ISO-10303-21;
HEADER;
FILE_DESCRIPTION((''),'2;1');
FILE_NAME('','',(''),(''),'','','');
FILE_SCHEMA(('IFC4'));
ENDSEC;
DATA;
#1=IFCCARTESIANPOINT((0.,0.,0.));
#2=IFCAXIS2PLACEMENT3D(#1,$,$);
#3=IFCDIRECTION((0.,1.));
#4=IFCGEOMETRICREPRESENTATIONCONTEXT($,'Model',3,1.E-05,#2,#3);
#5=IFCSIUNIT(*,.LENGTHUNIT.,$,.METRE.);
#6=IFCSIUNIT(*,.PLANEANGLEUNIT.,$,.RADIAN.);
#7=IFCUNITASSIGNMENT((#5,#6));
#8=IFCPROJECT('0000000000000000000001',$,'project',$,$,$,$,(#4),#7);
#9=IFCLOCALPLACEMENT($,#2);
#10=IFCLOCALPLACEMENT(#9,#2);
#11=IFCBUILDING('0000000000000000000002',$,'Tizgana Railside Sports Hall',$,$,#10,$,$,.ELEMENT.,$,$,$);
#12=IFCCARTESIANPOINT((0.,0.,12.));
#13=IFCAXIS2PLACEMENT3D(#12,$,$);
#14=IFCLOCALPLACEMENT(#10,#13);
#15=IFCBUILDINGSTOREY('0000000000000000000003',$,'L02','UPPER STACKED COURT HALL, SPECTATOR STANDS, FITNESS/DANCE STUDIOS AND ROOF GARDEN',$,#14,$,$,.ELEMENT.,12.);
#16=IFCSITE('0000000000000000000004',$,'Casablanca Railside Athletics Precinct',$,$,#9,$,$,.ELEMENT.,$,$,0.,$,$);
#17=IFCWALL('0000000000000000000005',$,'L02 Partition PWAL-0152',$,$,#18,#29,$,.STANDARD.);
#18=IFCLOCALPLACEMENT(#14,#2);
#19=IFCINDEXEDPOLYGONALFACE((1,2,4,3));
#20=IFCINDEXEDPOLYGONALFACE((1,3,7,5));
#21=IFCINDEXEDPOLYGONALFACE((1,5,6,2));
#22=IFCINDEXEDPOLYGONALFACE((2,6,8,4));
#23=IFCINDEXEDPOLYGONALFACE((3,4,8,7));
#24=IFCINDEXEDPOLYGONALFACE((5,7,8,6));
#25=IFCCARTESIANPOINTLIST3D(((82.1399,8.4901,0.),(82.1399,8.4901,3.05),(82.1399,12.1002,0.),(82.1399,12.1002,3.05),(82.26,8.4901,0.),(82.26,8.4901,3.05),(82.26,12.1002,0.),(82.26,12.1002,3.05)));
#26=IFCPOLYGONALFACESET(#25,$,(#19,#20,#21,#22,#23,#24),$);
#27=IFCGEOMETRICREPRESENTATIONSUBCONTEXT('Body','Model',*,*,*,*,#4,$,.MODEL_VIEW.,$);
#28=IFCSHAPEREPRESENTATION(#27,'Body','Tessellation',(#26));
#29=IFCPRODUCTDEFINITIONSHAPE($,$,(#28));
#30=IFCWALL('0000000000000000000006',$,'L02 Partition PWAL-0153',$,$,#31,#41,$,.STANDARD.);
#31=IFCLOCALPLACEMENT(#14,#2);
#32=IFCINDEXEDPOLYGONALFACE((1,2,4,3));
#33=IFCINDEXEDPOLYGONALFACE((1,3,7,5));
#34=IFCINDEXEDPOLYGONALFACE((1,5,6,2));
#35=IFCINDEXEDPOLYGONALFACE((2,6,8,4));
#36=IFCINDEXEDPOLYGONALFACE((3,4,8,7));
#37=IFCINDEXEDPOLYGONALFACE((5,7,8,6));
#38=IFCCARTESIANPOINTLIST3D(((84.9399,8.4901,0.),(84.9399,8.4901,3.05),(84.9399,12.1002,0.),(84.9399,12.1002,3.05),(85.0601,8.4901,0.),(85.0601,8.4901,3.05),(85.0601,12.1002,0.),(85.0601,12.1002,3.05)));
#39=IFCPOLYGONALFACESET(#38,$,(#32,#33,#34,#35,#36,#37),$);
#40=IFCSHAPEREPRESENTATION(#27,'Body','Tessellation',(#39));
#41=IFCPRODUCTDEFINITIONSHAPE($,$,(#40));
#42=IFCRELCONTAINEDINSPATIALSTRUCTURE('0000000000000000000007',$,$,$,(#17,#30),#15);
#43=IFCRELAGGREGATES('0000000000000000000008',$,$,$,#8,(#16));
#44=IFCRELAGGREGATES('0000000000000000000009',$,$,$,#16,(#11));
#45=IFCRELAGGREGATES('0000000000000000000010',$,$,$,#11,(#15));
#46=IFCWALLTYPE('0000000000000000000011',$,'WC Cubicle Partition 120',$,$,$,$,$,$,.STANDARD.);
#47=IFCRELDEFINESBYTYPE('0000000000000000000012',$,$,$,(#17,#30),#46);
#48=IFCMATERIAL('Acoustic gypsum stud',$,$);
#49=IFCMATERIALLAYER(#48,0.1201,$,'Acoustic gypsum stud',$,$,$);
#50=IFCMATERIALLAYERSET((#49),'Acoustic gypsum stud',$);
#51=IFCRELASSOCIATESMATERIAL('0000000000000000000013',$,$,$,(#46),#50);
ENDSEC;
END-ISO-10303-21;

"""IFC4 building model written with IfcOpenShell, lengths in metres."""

from ifc_helpers import new_model, si_unit, direction, frame, frame_2d, origin, place, context, subcontext, project, spatial, rectangle, extrude, material, layer, layer_set, type_object, element, save


model = new_model("IFC4")

# Units and contexts
model_context = context("Model", 3, precision=1e-05, world=origin(), true_north=direction((0.0, 1.0)))
body_context = subcontext(model_context, "Body", "Model", "MODEL_VIEW")
ifc_project = project(units=[si_unit("LENGTHUNIT", "METRE"), si_unit("PLANEANGLEUNIT", "RADIAN")], contexts=[model_context])

# Site, building, storey
site_placement = place(None, origin())
site = spatial("IfcSite", under=ifc_project, at=site_placement, Name="Casablanca Railside Athletics Precinct", CompositionType="ELEMENT", RefElevation=0.0)
building_placement = place(site_placement, origin())
building = spatial("IfcBuilding", under=site, at=building_placement, Name="Tizgana Railside Sports Hall", CompositionType="ELEMENT")
storey_placement = place(building_placement, frame((0.0, 0.0, 12.0)))
storey = spatial("IfcBuildingStorey", under=building, at=storey_placement, Name="L02", Description="UPPER STACKED COURT HALL, SPECTATOR STANDS, FITNESS/DANCE STUDIOS AND ROOF GARDEN", CompositionType="ELEMENT", Elevation=12.0)

# Shared definitions
ifc_material_1 = material(Name="Acoustic gypsum stud")

# Walls
ifc_layer_1 = layer(ifc_material_1, 0.1201, Name="Acoustic gypsum stud")
ifc_layer_set_1 = layer_set([ifc_layer_1], Name="Acoustic gypsum stud")
wall_type_1 = type_object("IfcWallType", Name="WC Cubicle Partition 120", PredefinedType="STANDARD", material=ifc_layer_set_1)
for number, where, z_axis, x_axis, name in (
    (1, (82.2, 8.49, 0.0), (0.0, 0.0, 1.0), (0.0, 1.0, 0.0), "L02 Partition PWAL-0152"),
    (2, (85.0, 8.49, 0.0), (0.0, 0.0, 1.0), (0.0, 1.0, 0.0), "L02 Partition PWAL-0153"),
):
    element("IfcWall", number, at=place(storey_placement, frame(where, z_axis=z_axis, x_axis=x_axis)), inside=storey, type_object=wall_type_1, Name=name, PredefinedType="STANDARD", context=body_context, shape_type="SweptSolid", body=[
        extrude(rectangle(XDim=3.6101, YDim=0.1201, at=frame_2d((1.8052, 0.0))), origin(), (0.0, 0.0, 1.0), 3.05),
    ])

save(model, "model.ifc")
